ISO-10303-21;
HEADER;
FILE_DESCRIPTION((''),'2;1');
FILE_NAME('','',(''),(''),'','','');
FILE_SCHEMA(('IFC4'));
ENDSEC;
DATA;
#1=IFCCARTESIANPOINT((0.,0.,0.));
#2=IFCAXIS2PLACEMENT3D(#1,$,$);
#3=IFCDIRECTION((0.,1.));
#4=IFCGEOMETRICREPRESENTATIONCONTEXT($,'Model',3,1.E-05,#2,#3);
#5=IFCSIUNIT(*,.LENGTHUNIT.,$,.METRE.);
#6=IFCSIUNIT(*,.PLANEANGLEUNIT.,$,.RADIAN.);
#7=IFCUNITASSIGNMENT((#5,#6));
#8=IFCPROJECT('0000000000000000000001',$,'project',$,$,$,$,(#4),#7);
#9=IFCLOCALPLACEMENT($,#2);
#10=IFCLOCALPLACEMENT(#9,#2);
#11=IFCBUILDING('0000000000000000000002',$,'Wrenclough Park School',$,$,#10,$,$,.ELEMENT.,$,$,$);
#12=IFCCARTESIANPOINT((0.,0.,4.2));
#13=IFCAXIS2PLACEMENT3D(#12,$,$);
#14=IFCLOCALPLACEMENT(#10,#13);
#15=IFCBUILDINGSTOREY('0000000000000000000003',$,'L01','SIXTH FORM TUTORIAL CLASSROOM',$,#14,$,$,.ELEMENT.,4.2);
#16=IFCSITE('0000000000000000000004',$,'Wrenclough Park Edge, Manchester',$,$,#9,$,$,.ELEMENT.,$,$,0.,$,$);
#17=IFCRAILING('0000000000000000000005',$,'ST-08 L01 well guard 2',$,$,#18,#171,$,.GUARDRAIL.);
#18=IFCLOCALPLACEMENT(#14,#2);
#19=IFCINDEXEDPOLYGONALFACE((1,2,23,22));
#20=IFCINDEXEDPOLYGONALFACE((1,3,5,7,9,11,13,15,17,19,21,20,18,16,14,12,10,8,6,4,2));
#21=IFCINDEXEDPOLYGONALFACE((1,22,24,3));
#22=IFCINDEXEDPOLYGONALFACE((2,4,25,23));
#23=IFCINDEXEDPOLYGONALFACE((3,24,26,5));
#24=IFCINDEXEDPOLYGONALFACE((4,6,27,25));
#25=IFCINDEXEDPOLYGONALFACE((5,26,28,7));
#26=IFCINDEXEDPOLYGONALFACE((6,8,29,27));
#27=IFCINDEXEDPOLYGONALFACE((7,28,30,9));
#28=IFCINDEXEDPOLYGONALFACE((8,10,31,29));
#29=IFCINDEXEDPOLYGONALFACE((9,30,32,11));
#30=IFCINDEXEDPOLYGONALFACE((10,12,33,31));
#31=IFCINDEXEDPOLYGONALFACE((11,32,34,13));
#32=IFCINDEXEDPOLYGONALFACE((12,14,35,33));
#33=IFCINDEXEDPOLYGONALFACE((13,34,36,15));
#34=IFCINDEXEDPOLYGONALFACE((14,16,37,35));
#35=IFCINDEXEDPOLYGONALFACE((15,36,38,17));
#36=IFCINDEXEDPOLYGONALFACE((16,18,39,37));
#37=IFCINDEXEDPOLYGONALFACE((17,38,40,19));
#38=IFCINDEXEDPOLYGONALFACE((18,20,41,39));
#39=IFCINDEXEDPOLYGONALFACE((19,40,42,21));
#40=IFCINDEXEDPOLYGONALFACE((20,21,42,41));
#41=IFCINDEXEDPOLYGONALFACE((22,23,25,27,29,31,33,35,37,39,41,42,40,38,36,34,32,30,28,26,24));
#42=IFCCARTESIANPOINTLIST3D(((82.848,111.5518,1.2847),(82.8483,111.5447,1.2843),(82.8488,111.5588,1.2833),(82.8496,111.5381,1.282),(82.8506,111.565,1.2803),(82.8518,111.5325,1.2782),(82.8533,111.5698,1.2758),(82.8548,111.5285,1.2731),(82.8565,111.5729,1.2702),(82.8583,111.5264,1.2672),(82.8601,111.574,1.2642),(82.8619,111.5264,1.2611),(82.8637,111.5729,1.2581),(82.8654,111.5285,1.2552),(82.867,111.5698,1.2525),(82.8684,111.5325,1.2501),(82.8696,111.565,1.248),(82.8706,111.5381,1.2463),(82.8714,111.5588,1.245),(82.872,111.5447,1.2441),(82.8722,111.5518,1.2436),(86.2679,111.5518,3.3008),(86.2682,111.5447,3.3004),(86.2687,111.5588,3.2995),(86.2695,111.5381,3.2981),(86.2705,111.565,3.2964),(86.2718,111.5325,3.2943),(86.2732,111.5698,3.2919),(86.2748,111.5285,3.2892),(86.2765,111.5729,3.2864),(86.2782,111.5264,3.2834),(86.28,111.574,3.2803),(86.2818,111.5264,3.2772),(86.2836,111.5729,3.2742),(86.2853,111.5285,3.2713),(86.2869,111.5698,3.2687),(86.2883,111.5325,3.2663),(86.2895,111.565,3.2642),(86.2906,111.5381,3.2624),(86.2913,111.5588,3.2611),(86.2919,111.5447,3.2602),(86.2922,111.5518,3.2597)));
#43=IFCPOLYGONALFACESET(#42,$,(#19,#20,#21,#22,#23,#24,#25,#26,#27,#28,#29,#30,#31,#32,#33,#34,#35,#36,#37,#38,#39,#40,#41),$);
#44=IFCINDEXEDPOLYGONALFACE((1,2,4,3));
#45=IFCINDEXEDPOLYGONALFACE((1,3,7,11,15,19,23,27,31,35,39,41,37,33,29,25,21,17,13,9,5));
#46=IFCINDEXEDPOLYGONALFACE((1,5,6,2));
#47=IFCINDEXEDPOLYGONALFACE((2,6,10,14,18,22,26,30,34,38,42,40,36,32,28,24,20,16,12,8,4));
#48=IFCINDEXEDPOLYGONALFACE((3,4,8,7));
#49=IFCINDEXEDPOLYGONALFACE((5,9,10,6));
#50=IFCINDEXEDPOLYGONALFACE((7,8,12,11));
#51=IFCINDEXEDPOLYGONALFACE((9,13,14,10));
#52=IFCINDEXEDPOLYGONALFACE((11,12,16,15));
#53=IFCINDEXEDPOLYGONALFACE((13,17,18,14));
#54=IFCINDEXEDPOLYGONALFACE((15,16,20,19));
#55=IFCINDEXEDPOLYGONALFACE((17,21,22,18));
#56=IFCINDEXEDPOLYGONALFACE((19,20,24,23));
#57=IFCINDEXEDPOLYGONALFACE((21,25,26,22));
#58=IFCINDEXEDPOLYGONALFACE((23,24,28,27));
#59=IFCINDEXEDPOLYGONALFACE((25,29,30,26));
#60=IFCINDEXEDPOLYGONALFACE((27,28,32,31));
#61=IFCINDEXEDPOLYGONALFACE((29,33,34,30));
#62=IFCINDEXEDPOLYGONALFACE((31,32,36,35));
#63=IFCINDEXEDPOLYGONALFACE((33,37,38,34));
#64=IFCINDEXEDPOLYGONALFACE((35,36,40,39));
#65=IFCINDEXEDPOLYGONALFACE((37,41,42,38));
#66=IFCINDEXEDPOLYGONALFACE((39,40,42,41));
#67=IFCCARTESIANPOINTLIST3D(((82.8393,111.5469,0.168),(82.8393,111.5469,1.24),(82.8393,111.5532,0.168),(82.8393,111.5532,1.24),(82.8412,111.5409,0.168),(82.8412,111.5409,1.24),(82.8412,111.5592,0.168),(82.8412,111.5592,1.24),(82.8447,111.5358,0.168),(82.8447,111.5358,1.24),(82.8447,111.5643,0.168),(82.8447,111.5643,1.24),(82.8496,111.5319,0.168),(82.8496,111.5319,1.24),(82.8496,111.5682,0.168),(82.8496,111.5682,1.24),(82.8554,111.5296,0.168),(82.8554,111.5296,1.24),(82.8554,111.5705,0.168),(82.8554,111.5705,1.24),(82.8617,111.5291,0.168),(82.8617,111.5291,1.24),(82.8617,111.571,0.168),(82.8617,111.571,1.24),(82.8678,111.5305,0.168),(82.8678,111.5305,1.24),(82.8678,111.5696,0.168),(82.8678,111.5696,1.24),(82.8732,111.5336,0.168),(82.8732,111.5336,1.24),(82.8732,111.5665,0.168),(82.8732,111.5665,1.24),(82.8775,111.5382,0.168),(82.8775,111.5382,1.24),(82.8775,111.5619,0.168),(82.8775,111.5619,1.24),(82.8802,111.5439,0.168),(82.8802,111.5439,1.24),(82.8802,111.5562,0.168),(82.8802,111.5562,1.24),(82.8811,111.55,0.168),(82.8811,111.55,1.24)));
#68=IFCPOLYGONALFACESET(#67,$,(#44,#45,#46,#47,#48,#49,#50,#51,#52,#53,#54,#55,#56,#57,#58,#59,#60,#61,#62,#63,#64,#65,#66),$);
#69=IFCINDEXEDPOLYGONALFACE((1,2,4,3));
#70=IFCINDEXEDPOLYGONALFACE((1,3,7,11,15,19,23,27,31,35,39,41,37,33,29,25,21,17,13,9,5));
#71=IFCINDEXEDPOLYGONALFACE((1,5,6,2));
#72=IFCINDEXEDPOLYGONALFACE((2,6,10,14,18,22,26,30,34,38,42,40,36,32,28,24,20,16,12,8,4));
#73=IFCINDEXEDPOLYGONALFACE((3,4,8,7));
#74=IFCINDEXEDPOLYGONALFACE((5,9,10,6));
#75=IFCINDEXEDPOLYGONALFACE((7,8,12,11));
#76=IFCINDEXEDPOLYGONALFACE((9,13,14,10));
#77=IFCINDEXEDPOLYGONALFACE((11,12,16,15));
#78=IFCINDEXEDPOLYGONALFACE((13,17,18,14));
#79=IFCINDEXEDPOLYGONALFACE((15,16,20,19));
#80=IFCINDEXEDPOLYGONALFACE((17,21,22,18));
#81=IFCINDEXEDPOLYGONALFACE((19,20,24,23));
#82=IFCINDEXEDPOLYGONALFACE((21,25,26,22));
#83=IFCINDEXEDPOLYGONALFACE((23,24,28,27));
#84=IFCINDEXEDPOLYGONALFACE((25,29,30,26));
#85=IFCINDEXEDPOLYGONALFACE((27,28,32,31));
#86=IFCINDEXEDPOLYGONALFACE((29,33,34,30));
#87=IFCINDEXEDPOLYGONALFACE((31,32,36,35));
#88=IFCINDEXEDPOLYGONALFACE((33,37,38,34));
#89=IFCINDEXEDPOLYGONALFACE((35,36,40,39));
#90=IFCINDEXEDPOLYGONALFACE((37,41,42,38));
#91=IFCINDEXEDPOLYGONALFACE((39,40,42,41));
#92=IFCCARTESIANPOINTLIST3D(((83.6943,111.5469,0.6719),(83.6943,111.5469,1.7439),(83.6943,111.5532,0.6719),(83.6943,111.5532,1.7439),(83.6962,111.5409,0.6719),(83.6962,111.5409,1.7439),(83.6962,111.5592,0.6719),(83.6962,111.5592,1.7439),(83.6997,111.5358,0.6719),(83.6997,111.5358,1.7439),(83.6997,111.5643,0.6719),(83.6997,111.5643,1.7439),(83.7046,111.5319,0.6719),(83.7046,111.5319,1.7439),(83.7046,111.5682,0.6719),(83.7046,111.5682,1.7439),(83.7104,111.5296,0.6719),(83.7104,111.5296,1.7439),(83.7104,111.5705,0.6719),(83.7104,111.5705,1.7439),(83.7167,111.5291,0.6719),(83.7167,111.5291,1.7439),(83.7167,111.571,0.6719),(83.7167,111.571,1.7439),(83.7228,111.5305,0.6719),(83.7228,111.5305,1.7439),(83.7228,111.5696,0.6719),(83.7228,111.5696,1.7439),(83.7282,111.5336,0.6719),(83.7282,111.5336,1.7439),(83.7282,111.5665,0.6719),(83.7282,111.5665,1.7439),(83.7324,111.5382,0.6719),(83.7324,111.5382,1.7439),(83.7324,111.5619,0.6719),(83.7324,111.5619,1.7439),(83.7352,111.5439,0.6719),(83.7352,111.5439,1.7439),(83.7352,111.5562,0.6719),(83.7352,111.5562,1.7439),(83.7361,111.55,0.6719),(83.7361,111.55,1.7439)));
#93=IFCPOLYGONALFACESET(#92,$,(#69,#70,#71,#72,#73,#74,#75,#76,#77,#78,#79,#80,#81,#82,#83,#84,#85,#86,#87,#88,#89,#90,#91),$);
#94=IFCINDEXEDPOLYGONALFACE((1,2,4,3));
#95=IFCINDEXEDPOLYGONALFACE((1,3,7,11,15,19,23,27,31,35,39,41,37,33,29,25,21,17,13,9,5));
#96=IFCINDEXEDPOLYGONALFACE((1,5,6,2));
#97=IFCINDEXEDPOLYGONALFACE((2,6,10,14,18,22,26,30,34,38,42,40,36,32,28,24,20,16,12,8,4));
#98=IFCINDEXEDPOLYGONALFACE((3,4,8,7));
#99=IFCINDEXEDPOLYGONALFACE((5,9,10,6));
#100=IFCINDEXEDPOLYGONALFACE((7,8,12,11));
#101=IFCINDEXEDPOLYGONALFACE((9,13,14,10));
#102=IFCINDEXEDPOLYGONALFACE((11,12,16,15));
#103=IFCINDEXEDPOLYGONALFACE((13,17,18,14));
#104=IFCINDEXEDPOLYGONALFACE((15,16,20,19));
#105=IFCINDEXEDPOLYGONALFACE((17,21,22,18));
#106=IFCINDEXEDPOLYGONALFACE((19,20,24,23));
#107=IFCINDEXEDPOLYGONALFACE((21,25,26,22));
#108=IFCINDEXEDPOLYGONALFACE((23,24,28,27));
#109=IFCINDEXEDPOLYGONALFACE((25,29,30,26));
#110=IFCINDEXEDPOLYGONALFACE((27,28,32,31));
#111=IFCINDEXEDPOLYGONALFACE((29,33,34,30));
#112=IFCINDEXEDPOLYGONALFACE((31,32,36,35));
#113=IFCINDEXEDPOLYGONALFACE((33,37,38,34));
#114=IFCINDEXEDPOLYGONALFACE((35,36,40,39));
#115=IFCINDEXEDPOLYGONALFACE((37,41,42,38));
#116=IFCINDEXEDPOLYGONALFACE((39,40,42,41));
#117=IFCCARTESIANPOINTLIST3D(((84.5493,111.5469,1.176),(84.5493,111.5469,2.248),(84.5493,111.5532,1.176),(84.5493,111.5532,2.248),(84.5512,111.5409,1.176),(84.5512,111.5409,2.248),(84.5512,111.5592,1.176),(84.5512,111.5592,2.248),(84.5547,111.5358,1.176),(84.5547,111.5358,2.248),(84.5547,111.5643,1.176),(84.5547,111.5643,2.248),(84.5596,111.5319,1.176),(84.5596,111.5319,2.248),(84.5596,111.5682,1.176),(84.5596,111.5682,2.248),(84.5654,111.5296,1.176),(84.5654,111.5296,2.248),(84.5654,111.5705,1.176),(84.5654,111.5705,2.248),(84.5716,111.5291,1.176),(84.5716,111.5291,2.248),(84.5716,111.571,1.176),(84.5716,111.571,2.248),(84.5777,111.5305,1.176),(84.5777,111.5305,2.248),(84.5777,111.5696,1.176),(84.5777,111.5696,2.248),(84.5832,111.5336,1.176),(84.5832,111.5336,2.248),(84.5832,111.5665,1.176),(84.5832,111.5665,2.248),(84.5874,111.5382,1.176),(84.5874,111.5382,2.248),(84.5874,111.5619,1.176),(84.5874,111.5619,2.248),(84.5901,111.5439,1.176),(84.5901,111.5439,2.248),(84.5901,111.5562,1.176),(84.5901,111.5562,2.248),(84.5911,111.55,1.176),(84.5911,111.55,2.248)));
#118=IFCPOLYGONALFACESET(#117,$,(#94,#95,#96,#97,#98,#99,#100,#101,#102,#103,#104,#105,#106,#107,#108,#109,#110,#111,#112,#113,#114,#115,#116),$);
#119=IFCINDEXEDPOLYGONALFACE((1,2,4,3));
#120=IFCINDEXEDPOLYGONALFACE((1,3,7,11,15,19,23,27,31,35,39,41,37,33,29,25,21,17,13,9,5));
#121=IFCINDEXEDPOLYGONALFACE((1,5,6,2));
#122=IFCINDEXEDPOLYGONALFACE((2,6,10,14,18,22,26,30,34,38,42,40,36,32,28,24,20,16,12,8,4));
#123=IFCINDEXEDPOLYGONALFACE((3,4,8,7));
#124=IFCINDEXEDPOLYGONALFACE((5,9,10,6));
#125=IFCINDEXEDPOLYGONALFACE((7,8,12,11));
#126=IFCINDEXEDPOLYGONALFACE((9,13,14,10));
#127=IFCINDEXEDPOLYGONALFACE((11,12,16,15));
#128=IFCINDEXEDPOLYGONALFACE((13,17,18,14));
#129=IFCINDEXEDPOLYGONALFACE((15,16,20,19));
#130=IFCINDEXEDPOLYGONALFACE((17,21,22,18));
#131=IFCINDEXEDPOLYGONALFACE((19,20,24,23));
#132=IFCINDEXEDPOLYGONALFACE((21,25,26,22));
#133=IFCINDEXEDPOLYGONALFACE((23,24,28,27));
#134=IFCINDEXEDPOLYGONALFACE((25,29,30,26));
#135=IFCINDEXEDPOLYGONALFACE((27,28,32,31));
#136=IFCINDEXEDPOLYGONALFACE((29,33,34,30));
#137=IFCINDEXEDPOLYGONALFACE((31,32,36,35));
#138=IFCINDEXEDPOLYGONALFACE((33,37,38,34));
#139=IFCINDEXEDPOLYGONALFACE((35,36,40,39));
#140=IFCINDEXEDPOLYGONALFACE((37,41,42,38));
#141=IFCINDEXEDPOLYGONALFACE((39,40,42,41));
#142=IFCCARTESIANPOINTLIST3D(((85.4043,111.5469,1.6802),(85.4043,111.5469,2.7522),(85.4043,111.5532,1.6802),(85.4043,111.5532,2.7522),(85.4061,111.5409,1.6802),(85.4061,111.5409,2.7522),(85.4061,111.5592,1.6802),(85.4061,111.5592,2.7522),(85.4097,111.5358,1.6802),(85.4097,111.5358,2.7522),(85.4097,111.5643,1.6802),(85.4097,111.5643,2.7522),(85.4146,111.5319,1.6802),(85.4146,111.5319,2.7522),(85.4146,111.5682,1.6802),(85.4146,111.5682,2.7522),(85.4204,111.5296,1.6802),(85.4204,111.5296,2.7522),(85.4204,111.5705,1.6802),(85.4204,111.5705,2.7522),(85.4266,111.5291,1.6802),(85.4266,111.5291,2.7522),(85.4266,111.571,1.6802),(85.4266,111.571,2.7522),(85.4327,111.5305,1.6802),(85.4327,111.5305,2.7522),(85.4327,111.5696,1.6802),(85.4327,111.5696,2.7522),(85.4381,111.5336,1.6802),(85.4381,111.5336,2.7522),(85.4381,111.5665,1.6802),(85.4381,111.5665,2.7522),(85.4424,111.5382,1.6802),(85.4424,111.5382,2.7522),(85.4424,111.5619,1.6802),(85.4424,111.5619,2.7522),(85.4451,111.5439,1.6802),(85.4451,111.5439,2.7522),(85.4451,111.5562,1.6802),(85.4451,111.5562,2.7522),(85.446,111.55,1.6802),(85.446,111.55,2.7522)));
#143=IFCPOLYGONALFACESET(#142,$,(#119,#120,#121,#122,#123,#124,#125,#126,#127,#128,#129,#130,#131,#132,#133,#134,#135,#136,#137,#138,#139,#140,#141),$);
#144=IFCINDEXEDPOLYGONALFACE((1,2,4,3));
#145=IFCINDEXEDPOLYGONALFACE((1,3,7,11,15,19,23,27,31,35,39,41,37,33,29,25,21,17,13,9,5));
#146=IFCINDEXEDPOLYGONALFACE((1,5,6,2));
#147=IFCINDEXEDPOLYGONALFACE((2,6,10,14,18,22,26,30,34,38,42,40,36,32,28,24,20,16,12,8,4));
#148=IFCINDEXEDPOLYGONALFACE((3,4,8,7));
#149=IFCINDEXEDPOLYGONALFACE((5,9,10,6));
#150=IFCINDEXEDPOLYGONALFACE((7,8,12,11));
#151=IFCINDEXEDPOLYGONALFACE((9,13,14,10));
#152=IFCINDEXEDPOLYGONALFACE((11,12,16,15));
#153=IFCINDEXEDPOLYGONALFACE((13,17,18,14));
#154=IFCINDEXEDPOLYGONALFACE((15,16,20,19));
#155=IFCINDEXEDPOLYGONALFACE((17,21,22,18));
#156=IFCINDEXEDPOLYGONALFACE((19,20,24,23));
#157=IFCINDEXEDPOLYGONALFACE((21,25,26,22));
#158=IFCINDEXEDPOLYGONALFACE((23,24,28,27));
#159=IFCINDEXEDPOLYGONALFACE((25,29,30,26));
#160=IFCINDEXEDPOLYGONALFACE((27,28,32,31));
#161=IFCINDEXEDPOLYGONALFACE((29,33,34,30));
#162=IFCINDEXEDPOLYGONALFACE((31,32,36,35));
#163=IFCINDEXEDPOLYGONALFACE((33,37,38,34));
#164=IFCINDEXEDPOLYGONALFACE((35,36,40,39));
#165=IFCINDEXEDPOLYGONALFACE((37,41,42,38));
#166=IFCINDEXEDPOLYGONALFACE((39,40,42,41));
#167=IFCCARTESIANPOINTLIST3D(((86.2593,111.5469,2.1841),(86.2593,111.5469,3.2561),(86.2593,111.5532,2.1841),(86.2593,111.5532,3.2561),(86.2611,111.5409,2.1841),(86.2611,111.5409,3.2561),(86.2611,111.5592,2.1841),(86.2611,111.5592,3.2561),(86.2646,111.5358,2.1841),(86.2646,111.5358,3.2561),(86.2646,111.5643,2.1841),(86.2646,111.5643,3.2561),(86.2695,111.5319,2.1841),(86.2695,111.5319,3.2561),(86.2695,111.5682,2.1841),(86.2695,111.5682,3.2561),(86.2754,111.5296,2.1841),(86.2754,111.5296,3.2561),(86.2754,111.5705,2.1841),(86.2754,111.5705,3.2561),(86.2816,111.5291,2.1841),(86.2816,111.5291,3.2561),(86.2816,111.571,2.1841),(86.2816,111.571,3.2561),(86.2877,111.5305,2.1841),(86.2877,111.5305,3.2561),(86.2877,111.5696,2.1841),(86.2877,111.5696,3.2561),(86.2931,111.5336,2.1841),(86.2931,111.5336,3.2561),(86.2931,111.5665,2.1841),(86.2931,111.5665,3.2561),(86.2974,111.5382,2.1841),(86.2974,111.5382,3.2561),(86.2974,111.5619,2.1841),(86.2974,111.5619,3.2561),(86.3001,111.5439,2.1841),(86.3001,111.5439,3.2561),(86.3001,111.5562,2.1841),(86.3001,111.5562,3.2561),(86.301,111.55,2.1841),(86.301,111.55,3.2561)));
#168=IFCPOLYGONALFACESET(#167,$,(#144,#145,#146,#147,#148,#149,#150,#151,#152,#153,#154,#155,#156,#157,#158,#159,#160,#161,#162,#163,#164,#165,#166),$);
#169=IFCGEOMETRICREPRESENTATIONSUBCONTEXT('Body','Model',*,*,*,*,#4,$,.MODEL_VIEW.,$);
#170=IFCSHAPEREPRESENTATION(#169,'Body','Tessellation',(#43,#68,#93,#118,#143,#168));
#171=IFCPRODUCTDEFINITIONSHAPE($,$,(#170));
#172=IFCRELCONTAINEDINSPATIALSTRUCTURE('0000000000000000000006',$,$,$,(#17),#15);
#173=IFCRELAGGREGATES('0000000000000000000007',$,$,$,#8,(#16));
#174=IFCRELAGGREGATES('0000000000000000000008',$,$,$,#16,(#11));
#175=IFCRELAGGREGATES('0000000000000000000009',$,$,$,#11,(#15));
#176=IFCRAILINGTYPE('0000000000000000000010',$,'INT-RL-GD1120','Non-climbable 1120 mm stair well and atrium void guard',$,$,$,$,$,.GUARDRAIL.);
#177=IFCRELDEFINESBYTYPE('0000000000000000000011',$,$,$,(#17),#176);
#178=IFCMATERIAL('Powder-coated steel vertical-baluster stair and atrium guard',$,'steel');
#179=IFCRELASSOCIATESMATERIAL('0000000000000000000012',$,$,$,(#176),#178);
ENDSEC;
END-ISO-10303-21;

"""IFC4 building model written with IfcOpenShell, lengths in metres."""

from ifc_helpers import new_model, si_unit, direction, frame, origin, origin_2d, place, context, subcontext, project, spatial, circle, extrude, material, type_object, element, save


model = new_model("IFC4")

# Units and contexts
model_context = context("Model", 3, precision=1e-05, world=origin(), true_north=direction((0.0, 1.0)))
body_context = subcontext(model_context, "Body", "Model", "MODEL_VIEW")
ifc_project = project(units=[si_unit("LENGTHUNIT", "METRE"), si_unit("PLANEANGLEUNIT", "RADIAN")], contexts=[model_context])

# Site, building, storey
site_placement = place(None, origin())
site = spatial("IfcSite", under=ifc_project, at=site_placement, Name="Wrenclough Park Edge, Manchester", CompositionType="ELEMENT", RefElevation=0.0)
building_placement = place(site_placement, origin())
building = spatial("IfcBuilding", under=site, at=building_placement, Name="Wrenclough Park School", CompositionType="ELEMENT")
storey_placement = place(building_placement, frame((0.0, 0.0, 4.2)))
storey = spatial("IfcBuildingStorey", under=building, at=storey_placement, Name="L01", Description="SIXTH FORM TUTORIAL CLASSROOM", CompositionType="ELEMENT", Elevation=4.2)

# Railing
ifc_material_1 = material(Name="Powder-coated steel vertical-baluster stair and atrium guard", Category="steel")
railing_type_1 = type_object("IfcRailingType", Name="INT-RL-GD1120", Description="Non-climbable 1120 mm stair well and atrium void guard", PredefinedType="GUARDRAIL", material=ifc_material_1)
railing_1_placement = place(storey_placement, frame((82.8601, 111.55, 0.168)))
element("IfcRailing", 1, at=railing_1_placement, inside=storey, type_object=railing_type_1, Name="ST-08 L01 well guard 2", PredefinedType="GUARDRAIL", context=body_context, shape_type="SweptSolid", body=[
    extrude(circle(Radius=0.0239, at=origin_2d()), frame((0.0, 0.0, 1.0962), z_axis=(0.86145, 0.0, 0.507842), x_axis=(0.0, 1.0, 0.0)), (0.0, 0.0, 1.0), 3.97),
    extrude(circle(Radius=0.021, at=origin_2d()), origin(), (0.0, 0.0, 1.0), 1.072),
    extrude(circle(Radius=0.021, at=origin_2d()), frame((0.855, 0.0, 0.5039)), (0.0, 0.0, 1.0), 1.072),
    extrude(circle(Radius=0.021, at=origin_2d()), frame((1.71, 0.0, 1.0081)), (0.0, 0.0, 1.0), 1.072),
    extrude(circle(Radius=0.021, at=origin_2d()), frame((2.5649, 0.0, 1.5122)), (0.0, 0.0, 1.0), 1.072),
    extrude(circle(Radius=0.021, at=origin_2d()), frame((3.4199, 0.0, 2.0161)), (0.0, 0.0, 1.0), 1.072),
])

save(model, "model.ifc")
